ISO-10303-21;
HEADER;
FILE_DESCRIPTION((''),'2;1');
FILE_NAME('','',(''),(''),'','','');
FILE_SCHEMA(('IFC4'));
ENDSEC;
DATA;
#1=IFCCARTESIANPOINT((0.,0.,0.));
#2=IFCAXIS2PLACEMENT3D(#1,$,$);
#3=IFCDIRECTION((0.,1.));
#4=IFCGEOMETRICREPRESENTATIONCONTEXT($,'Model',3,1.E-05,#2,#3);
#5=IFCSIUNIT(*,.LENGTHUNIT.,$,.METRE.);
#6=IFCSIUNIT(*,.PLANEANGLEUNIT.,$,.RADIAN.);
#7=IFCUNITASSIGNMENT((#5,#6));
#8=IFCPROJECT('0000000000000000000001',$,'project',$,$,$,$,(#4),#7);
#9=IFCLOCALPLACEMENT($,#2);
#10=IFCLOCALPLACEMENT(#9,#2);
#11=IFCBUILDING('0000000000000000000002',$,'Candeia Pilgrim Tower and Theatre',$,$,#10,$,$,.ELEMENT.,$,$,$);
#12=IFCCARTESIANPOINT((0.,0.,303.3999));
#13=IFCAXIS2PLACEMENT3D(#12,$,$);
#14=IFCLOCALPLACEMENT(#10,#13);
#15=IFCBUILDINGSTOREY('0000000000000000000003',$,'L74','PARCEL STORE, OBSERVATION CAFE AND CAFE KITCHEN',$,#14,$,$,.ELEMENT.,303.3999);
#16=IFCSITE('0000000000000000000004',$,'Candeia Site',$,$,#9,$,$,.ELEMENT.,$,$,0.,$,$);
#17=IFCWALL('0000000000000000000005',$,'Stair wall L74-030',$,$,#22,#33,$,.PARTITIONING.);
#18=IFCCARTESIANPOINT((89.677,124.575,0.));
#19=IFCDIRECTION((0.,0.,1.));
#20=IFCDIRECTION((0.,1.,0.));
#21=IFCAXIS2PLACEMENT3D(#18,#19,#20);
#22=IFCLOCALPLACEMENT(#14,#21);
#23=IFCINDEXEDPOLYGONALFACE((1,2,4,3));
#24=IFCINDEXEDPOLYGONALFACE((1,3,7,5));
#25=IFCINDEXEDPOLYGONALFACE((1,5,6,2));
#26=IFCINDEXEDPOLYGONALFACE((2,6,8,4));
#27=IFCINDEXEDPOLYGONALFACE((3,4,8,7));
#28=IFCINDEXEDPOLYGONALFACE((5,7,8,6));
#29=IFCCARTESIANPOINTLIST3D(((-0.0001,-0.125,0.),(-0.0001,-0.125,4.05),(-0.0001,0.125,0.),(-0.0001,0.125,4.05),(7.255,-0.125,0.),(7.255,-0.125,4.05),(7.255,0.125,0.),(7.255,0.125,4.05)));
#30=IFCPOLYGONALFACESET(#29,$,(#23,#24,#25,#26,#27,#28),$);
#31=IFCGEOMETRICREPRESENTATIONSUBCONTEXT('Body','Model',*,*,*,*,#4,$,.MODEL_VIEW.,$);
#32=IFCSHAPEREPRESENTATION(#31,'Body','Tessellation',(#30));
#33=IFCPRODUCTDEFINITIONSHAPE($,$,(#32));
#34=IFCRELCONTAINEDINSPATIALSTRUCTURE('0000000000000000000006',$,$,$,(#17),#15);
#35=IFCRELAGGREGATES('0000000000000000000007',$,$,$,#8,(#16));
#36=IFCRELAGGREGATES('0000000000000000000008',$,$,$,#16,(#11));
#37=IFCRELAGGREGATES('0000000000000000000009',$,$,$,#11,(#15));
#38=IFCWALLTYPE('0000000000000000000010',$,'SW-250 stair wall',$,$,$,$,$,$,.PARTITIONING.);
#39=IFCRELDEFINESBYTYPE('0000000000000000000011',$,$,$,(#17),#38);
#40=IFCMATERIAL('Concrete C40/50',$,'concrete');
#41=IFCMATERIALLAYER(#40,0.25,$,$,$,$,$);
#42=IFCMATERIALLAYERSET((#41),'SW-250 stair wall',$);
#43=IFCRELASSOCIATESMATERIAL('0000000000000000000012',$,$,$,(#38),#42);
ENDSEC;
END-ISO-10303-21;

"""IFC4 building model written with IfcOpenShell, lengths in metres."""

from ifc_helpers import new_model, si_unit, direction, frame, frame_2d, origin, place, context, subcontext, project, spatial, rectangle, extrude, material, layer, layer_set, type_object, element, save


model = new_model("IFC4")

# Units and contexts
model_context = context("Model", 3, precision=1e-05, world=origin(), true_north=direction((0.0, 1.0)))
body_context = subcontext(model_context, "Body", "Model", "MODEL_VIEW")
ifc_project = project(units=[si_unit("LENGTHUNIT", "METRE"), si_unit("PLANEANGLEUNIT", "RADIAN")], contexts=[model_context])

# Site, building, storey
site_placement = place(None, origin())
site = spatial("IfcSite", under=ifc_project, at=site_placement, Name="Candeia Site", CompositionType="ELEMENT", RefElevation=0.0)
building_placement = place(site_placement, origin())
building = spatial("IfcBuilding", under=site, at=building_placement, Name="Candeia Pilgrim Tower and Theatre", CompositionType="ELEMENT")
storey_placement = place(building_placement, frame((0.0, 0.0, 303.3999)))
storey = spatial("IfcBuildingStorey", under=building, at=storey_placement, Name="L74", Description="PARCEL STORE, OBSERVATION CAFE AND CAFE KITCHEN", CompositionType="ELEMENT", Elevation=303.3999)

# Wall
ifc_material_1 = material(Name="Concrete C40/50", Category="concrete")
ifc_layer = layer(ifc_material_1, 0.25)
ifc_layer_set = layer_set([ifc_layer], Name="SW-250 stair wall")
wall_type = type_object("IfcWallType", Name="SW-250 stair wall", PredefinedType="PARTITIONING", material=ifc_layer_set)
wall_placement = place(storey_placement, frame((89.677, 124.575, 0.0), z_axis=(0.0, 0.0, 1.0), x_axis=(0.0, 1.0, 0.0)))
element("IfcWall", 1, at=wall_placement, inside=storey, type_object=wall_type, Name="Stair wall L74-030", PredefinedType="PARTITIONING", context=body_context, shape_type="SweptSolid", body=[
    extrude(rectangle(XDim=7.2551, YDim=0.25, at=frame_2d((3.6274, 0.0))), origin(), (0.0, 0.0, 1.0), 4.05),
])

save(model, "model.ifc")
